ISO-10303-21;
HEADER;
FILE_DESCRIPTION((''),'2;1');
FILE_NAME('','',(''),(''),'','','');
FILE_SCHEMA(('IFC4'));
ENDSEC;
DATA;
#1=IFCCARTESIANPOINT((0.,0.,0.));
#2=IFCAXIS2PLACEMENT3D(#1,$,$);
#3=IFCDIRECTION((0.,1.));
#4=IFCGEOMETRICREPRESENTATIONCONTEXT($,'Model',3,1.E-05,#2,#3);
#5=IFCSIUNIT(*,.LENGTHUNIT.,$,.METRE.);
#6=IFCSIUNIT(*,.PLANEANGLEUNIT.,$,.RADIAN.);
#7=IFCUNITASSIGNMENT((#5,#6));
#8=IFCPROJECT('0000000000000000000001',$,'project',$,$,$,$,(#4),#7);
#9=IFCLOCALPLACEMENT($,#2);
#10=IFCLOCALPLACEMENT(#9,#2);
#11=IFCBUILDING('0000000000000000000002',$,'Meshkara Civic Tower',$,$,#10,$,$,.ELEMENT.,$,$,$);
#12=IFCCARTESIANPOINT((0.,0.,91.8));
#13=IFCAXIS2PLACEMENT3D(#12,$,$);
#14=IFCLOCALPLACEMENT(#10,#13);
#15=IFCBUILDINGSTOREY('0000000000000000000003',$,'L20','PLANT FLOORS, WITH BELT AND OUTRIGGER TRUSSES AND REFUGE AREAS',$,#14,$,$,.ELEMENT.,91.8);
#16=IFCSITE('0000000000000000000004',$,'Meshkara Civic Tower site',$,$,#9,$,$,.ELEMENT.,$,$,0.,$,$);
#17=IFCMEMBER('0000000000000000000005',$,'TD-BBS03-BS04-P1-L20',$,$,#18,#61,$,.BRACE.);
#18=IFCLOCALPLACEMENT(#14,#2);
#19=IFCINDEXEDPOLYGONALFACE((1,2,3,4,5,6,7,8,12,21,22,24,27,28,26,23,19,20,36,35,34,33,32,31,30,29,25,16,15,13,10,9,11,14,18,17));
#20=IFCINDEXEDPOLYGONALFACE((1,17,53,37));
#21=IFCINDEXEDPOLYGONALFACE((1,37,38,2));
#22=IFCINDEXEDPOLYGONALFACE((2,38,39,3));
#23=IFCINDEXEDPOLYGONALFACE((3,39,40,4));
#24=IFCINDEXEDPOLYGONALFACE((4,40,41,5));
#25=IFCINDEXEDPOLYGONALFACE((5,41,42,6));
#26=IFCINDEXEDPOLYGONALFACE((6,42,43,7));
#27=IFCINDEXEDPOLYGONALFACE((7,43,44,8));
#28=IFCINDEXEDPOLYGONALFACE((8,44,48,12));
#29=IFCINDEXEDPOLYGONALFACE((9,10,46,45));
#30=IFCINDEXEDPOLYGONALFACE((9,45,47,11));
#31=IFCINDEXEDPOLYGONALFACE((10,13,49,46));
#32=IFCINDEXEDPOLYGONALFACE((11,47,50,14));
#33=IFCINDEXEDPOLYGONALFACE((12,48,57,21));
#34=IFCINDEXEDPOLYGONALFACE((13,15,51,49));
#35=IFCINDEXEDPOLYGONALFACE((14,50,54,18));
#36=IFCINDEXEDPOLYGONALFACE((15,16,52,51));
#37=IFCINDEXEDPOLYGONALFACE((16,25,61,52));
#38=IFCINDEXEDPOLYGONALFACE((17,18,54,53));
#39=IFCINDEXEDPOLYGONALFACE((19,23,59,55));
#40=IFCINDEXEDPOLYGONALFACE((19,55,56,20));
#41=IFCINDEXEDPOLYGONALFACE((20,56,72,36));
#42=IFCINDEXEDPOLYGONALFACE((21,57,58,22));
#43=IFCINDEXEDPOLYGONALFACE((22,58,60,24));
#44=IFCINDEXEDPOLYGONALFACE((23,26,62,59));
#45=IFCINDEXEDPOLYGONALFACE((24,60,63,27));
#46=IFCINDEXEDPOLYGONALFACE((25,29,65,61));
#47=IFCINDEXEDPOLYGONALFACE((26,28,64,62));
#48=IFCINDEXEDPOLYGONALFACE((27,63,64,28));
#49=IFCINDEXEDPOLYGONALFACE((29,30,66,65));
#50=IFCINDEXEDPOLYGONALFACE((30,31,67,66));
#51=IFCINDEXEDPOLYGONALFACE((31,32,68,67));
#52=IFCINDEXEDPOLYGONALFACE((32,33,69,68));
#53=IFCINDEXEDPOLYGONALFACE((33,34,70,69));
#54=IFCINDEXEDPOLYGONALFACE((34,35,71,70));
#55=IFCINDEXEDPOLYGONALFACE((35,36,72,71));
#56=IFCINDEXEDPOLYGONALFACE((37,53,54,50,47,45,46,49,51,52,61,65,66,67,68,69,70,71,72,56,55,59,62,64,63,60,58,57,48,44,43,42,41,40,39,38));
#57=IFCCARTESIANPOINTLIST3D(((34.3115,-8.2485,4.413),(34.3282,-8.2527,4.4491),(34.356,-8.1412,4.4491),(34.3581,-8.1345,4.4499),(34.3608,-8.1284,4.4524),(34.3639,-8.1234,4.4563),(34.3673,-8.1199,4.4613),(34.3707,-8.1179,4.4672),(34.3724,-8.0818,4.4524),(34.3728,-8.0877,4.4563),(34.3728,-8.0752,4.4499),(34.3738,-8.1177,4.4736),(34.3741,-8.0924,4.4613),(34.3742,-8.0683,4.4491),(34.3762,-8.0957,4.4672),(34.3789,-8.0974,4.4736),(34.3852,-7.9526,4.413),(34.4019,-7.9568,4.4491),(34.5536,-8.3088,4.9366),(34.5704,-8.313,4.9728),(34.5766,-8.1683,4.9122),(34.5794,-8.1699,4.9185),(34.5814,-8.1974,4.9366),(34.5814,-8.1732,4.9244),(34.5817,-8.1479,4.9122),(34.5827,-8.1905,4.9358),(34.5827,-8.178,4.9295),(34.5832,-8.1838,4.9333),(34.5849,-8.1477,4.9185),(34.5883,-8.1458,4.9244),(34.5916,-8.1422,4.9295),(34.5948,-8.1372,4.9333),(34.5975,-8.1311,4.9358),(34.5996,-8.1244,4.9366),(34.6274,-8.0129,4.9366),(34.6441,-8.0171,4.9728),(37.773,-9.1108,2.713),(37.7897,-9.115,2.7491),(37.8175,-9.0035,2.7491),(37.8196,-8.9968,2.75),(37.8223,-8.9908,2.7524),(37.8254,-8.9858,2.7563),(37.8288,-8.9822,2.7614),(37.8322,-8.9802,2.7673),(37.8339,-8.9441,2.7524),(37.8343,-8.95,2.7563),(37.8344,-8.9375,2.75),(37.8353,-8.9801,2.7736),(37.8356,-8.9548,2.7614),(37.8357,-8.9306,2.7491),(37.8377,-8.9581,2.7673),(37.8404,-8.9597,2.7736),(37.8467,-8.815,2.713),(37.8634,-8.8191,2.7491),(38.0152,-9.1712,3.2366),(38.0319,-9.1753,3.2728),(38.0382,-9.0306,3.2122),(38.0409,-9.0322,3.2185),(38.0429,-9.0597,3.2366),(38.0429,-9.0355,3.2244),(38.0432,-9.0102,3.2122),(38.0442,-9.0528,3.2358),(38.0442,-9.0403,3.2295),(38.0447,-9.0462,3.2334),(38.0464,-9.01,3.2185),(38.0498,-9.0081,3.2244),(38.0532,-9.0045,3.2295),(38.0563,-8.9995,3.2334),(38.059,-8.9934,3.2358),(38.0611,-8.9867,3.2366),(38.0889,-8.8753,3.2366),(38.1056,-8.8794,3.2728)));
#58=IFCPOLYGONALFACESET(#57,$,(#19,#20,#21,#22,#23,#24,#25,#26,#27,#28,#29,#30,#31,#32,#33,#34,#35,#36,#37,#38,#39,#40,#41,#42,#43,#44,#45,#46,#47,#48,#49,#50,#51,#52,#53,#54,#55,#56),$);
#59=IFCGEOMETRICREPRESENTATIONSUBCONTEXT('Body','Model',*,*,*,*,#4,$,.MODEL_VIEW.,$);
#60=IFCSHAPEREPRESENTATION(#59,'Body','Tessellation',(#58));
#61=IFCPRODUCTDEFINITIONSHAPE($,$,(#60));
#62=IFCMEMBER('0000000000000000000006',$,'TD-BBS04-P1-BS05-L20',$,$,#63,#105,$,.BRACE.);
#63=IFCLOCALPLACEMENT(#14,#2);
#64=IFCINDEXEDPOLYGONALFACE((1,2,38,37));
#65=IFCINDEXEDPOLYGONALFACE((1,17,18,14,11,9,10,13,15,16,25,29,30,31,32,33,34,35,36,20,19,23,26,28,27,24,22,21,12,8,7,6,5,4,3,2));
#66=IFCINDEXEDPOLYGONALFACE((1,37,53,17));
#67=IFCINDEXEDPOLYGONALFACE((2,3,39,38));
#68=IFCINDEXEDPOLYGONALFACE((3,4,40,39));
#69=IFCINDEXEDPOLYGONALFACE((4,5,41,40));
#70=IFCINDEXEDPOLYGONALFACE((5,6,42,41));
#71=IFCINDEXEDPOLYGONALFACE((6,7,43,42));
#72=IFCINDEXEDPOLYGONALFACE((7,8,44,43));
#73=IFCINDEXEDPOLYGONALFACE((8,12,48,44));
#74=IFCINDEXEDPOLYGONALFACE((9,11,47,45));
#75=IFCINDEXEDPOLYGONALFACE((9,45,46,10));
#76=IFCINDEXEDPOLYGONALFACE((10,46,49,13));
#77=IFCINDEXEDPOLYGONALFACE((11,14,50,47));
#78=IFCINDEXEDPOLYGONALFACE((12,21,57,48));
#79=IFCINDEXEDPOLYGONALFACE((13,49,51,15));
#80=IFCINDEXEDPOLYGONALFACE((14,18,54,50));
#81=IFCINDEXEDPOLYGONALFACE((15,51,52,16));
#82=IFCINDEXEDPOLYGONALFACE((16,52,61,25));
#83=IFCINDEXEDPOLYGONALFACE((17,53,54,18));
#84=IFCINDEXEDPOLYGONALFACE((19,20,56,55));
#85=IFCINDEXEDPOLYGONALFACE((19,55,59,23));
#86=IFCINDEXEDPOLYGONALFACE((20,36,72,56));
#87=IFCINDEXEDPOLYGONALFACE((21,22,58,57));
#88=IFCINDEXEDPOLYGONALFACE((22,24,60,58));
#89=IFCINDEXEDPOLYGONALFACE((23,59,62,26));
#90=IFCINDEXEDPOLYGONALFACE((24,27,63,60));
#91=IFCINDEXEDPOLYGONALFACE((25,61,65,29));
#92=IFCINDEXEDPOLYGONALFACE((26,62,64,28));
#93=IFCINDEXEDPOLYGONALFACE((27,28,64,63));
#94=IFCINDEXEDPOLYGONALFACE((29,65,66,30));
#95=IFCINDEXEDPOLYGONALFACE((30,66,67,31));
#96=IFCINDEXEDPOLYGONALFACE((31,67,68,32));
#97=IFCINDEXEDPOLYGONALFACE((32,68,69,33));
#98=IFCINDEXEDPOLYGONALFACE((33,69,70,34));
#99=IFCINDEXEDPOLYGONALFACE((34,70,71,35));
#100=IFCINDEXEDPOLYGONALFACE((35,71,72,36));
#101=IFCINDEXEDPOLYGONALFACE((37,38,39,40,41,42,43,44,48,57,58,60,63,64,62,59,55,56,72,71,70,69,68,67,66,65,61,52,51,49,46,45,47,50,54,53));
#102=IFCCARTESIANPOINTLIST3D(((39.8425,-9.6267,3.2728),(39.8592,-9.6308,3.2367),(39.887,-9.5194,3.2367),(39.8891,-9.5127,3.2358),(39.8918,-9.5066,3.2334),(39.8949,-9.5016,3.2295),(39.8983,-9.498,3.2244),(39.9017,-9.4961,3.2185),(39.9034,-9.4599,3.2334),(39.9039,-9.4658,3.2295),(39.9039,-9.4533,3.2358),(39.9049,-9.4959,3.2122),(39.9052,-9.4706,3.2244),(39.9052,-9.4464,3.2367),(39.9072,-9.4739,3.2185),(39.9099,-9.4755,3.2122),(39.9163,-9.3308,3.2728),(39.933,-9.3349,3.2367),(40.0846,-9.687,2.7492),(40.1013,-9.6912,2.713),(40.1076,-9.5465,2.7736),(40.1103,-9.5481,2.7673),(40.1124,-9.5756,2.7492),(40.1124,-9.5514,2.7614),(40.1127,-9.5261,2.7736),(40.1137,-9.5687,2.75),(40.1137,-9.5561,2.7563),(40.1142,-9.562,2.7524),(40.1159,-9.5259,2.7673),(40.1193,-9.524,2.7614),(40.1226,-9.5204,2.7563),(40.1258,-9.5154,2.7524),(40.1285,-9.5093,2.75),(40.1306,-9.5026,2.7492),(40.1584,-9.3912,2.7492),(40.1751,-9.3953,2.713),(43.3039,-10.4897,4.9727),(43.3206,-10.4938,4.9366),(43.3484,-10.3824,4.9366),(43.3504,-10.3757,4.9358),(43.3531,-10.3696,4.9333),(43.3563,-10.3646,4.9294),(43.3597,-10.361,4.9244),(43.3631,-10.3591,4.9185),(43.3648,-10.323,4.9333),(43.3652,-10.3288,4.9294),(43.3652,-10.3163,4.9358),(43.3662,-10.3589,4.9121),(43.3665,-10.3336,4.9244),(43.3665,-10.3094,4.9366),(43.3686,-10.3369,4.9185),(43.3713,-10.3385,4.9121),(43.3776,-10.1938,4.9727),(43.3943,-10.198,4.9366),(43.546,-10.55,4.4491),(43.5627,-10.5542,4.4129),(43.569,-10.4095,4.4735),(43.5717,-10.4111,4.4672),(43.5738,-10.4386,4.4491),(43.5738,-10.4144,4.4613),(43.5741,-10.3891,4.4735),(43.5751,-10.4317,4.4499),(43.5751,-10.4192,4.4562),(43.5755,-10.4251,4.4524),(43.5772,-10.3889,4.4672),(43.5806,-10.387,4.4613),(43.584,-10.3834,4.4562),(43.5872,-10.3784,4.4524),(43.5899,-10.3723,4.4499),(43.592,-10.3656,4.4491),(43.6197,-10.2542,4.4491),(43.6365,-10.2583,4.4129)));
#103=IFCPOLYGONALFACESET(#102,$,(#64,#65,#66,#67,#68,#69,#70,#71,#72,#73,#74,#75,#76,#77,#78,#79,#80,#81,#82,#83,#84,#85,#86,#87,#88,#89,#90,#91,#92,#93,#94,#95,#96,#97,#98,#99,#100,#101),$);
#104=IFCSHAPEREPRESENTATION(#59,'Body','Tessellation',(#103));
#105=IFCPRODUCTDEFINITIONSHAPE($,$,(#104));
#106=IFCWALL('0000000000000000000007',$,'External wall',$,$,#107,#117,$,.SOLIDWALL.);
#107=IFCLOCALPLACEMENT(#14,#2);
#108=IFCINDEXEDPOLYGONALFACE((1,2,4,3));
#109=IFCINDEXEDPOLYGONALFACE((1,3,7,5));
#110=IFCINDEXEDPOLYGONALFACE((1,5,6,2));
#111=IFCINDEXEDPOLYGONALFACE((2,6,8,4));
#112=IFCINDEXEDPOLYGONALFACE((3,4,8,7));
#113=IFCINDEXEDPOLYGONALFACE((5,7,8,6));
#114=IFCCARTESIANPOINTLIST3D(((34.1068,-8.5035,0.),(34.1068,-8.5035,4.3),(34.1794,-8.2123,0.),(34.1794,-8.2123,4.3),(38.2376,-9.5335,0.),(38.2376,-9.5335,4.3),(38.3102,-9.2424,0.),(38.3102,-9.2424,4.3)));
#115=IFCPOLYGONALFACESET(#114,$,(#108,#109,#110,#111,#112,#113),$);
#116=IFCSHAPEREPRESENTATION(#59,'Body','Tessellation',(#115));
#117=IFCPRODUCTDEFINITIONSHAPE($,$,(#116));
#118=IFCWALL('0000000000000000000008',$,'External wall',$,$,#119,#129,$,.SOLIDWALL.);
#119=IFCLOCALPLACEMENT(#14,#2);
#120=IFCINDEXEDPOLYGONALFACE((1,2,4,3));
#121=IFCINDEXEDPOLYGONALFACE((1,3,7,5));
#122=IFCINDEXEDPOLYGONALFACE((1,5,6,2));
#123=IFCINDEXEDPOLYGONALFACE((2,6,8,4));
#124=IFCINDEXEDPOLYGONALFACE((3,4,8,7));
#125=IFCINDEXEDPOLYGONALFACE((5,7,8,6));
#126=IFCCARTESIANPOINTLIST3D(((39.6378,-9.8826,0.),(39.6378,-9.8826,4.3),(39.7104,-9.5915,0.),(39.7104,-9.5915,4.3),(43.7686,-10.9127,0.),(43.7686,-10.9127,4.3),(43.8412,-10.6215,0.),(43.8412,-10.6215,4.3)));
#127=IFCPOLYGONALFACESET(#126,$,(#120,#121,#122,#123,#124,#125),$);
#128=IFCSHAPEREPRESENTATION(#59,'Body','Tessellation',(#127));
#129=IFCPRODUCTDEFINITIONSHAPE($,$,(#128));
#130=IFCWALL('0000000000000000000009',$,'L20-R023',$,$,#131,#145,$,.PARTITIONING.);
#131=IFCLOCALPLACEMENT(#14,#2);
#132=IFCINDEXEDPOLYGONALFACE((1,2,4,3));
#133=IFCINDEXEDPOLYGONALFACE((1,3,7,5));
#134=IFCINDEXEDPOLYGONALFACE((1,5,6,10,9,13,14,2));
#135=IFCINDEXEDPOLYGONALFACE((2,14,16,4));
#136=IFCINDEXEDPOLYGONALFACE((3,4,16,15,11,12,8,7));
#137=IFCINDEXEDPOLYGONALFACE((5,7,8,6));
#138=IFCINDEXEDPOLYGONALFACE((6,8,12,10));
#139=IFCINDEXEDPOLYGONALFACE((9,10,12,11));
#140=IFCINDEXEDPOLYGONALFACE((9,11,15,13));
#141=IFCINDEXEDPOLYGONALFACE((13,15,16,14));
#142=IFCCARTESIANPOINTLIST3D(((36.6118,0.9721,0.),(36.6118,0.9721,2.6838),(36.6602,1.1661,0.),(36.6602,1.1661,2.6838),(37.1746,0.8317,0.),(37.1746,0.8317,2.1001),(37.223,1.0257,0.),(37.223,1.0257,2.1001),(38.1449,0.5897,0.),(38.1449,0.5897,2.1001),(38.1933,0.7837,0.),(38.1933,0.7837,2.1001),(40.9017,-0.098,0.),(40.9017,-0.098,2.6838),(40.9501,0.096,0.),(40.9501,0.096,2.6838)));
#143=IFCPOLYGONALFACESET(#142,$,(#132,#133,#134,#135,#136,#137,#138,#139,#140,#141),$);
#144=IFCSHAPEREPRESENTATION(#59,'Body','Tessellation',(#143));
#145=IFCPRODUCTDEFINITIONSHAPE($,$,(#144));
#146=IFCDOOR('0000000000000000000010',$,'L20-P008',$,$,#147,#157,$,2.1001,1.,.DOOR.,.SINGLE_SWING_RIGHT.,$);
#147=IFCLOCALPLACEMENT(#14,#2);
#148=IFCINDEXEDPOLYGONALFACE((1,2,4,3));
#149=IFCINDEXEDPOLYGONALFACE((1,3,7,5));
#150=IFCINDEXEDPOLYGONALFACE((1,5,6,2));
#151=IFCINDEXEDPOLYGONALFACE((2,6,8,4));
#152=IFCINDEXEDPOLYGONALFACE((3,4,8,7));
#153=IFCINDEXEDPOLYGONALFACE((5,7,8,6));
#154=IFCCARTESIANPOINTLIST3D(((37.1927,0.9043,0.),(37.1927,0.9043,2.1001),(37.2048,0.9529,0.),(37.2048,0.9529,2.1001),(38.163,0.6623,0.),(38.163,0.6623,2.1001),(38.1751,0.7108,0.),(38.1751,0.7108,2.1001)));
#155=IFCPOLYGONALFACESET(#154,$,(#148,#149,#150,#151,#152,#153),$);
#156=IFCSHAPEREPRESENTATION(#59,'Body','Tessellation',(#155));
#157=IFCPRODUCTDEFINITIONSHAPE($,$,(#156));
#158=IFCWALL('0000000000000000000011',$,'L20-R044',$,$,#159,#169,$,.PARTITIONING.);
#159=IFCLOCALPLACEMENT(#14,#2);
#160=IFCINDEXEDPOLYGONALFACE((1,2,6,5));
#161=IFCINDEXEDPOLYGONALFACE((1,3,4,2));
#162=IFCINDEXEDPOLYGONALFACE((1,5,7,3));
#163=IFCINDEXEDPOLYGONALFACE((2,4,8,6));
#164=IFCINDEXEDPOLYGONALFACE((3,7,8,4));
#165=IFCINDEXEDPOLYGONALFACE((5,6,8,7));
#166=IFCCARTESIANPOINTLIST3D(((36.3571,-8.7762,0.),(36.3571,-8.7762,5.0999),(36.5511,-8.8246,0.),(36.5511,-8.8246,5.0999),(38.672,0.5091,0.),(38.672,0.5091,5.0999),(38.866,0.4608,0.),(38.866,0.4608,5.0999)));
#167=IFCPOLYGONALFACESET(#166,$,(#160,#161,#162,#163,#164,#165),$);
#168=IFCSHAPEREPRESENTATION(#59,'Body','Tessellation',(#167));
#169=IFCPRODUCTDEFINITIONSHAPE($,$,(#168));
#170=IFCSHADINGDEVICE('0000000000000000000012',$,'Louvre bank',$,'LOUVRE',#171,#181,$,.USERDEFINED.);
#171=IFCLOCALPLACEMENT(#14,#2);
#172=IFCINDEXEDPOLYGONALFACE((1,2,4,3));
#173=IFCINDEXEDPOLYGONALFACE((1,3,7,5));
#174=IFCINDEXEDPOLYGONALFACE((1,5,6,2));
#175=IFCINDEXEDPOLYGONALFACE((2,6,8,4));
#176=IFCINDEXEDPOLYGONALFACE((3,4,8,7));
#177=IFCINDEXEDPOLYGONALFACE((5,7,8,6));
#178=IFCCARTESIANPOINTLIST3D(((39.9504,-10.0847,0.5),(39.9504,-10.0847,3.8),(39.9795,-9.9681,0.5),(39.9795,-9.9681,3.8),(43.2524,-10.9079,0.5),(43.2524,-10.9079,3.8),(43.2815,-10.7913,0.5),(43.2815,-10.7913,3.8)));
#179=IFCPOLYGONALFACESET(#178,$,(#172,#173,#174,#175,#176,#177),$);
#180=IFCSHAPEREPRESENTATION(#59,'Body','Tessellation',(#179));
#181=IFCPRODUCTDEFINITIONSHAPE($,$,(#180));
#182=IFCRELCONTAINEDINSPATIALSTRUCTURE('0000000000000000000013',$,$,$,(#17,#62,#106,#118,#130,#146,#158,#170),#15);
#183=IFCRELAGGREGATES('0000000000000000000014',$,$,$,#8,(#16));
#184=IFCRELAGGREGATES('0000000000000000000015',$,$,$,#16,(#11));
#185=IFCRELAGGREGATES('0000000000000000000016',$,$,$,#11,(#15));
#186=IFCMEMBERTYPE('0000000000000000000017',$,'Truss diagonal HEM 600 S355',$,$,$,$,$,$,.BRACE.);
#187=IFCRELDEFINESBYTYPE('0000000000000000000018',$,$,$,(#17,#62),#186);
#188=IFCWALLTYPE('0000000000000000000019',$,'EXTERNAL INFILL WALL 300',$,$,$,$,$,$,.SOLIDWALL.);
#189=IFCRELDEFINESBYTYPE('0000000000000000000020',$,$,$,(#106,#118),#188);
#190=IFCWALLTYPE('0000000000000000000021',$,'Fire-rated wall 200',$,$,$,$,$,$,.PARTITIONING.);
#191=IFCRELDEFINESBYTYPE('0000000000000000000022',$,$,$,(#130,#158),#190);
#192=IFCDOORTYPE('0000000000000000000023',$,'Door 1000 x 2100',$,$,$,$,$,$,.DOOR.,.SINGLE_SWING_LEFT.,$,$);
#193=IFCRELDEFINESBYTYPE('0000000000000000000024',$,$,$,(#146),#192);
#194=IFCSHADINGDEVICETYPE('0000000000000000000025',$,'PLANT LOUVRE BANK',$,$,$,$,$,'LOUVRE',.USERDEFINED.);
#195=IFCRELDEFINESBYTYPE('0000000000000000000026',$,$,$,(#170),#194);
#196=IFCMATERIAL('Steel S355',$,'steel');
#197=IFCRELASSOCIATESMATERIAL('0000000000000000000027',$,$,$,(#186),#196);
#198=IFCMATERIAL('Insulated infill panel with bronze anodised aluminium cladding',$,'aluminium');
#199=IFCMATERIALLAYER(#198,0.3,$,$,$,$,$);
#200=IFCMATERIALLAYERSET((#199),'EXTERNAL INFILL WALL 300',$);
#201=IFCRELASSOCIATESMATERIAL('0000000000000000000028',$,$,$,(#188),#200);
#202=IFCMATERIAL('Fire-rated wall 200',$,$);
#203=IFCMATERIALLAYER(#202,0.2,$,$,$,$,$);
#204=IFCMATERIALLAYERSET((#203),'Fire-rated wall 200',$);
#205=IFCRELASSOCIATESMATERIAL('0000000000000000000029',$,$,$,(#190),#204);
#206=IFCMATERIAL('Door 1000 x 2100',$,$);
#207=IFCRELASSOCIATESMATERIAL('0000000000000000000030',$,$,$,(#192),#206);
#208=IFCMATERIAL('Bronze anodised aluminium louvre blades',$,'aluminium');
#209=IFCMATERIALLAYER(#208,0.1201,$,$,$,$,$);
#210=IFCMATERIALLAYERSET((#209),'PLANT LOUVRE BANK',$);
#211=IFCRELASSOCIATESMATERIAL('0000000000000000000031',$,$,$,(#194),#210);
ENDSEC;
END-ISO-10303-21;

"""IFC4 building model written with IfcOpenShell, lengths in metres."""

from ifc_helpers import new_model, si_unit, direction, frame, frame_2d, origin, origin_2d, place, context, subcontext, project, spatial, rectangle, i_section, extrude, material, layer, layer_set, material_profile, profile_set, type_object, element, fill, save


model = new_model("IFC4")

# Units and contexts
model_context = context("Model", 3, precision=1e-05, world=origin(), true_north=direction((0.0, 1.0)))
body_context = subcontext(model_context, "Body", "Model", "MODEL_VIEW")
ifc_project = project(units=[si_unit("LENGTHUNIT", "METRE"), si_unit("PLANEANGLEUNIT", "RADIAN")], contexts=[model_context])

# Site, building, storey
site_placement = place(None, origin())
site = spatial("IfcSite", under=ifc_project, at=site_placement, Name="Meshkara Civic Tower site", CompositionType="ELEMENT", RefElevation=0.0)
building_placement = place(site_placement, origin())
building = spatial("IfcBuilding", under=site, at=building_placement, Name="Meshkara Civic Tower", CompositionType="ELEMENT")
storey_placement = place(building_placement, frame((0.0, 0.0, 91.8)))
storey = spatial("IfcBuildingStorey", under=building, at=storey_placement, Name="L20", Description="PLANT FLOORS, WITH BELT AND OUTRIGGER TRUSSES AND REFUGE AREAS", CompositionType="ELEMENT", Elevation=91.8)

# Members
ifc_material_1 = material(Name="Steel S355", Category="steel")
ifc_material_profile_1 = material_profile(ifc_material_1, i_section(OverallWidth=0.3049, OverallDepth=0.6201, WebThickness=0.021, FlangeThickness=0.04, FilletRadius=0.0271, at=origin_2d()))
ifc_profile_set_1 = profile_set([ifc_material_profile_1], Name="Steel S355")
member_type_1 = type_object("IfcMemberType", Name="Truss diagonal HEM 600 S355", PredefinedType="BRACE", material=ifc_profile_set_1)
for number, where, z_axis, x_axis, name in (
    (1, (34.4778, -8.1328, 4.6929), (0.875963, -0.218218, -0.430197), (0.24173, 0.970343, 0.0), "TD-BBS03-BS04-P1-L20"),
    (2, (40.0088, -9.511, 2.9929), (0.875928, -0.218395, 0.430179), (0.241924, 0.970295, 0.0), "TD-BBS04-P1-BS05-L20"),
):
    element("IfcMember", number, at=place(storey_placement, frame(where, z_axis=z_axis, x_axis=x_axis)), inside=storey, type_object=member_type_1, Name=name, PredefinedType="BRACE", context=body_context, shape_type="SweptSolid", body=[
        extrude(i_section(OverallWidth=0.3049, OverallDepth=0.6201, WebThickness=0.021, FlangeThickness=0.04, FilletRadius=0.0271, at=origin_2d()), origin(), (0.0, 0.0, 1.0), 3.9517),
    ])

# Walls
ifc_material_2 = material(Name="Insulated infill panel with bronze anodised aluminium cladding", Category="aluminium")
ifc_layer_1 = layer(ifc_material_2, 0.3)
ifc_layer_set_1 = layer_set([ifc_layer_1], Name="EXTERNAL INFILL WALL 300")
wall_type_1 = type_object("IfcWallType", Name="EXTERNAL INFILL WALL 300", PredefinedType="SOLIDWALL", material=ifc_layer_set_1)
for number, where, z_axis, x_axis, name in (
    (3, (34.1431, -8.3579, 0.0), (0.0, 0.0, 1.0), (0.970291, -0.241942, 0.0), "External wall"),
    (4, (39.6741, -9.7371, 0.0), (0.0, 0.0, 1.0), (0.970291, -0.241942, 0.0), "External wall"),
):
    element("IfcWall", number, at=place(storey_placement, frame(where, z_axis=z_axis, x_axis=x_axis)), inside=storey, type_object=wall_type_1, Name=name, PredefinedType="SOLIDWALL", context=body_context, shape_type="SweptSolid", body=[
        extrude(rectangle(XDim=4.2573, YDim=0.3, at=frame_2d((2.1287, 0.0))), origin(), (0.0, 0.0, 1.0), 4.3),
    ])

# Wall, opening, door
ifc_material_3 = material(Name="Fire-rated wall 200")
ifc_layer_2 = layer(ifc_material_3, 0.2)
ifc_layer_set_2 = layer_set([ifc_layer_2], Name="Fire-rated wall 200")
wall_type_2 = type_object("IfcWallType", Name="Fire-rated wall 200", PredefinedType="PARTITIONING", material=ifc_layer_set_2)
wall_1_placement = place(storey_placement, frame((36.636, 1.0691, 0.0), z_axis=(0.0, 0.0, 1.0), x_axis=(0.970272, -0.242016, 0.0)))
wall_1 = element("IfcWall", 5, at=wall_1_placement, inside=storey, type_object=wall_type_2, Name="L20-R023", PredefinedType="PARTITIONING", context=body_context, shape_type="SweptSolid", body=[
    extrude(rectangle(XDim=4.4214, YDim=0.2, at=frame_2d((2.2107, 0.0))), origin(), (0.0, 0.0, 1.0), 2.6838),
])
opening_placement = place(wall_1_placement, frame((0.5801, 0.0, 0.0)))
opening = element("IfcOpeningElement", 6, at=opening_placement, cuts=wall_1, PredefinedType="OPENING", context=body_context, shape_type="SweptSolid", body=[
    extrude(rectangle(XDim=1.0, YDim=2.1001, at=frame_2d((0.5, 1.05))), frame((0.0, 0.1099, 0.0), z_axis=(0.0, -1.0, 0.0), x_axis=(1.0, 0.0, 0.0)), (0.0, 0.0, 1.0), 0.22),
])
ifc_material_4 = material(Name="Door 1000 x 2100")
door_type = type_object("IfcDoorType", Name="Door 1000 x 2100", OperationType="SINGLE_SWING_LEFT", PredefinedType="DOOR", material=ifc_material_4)
door_placement = place(opening_placement, origin())
door = element("IfcDoor", 7, at=door_placement, inside=storey, type_object=door_type, Name="L20-P008", OperationType="SINGLE_SWING_RIGHT", OverallHeight=2.1001, OverallWidth=1.0, PredefinedType="DOOR", context=body_context, shape_type="SweptSolid", body=[
    extrude(rectangle(XDim=1.0, YDim=2.1001, at=frame_2d((0.5, 1.05))), frame((0.0, 0.0249, 0.0), z_axis=(0.0, -1.0, 0.0), x_axis=(1.0, 0.0, 0.0)), (0.0, 0.0, 1.0), 0.05),
])
fill(opening, door)

# Wall
wall_2_placement = place(storey_placement, frame((36.4541, -8.8003, 0.0), z_axis=(0.0, 0.0, 1.0), x_axis=(0.241905, 0.9703, 0.0)))
element("IfcWall", 8, at=wall_2_placement, inside=storey, type_object=wall_type_2, Name="L20-R044", PredefinedType="PARTITIONING", context=body_context, shape_type="SweptSolid", body=[
    extrude(rectangle(XDim=9.5696, YDim=0.2, at=frame_2d((4.7847, 0.0))), origin(), (0.0, 0.0, 1.0), 5.0999),
])

# Shading device
ifc_material_5 = material(Name="Bronze anodised aluminium louvre blades", Category="aluminium")
ifc_layer_3 = layer(ifc_material_5, 0.1201)
ifc_layer_set_3 = layer_set([ifc_layer_3], Name="PLANT LOUVRE BANK")
shading_device_type = type_object("IfcShadingDeviceType", Name="PLANT LOUVRE BANK", ElementType="LOUVRE", PredefinedType="USERDEFINED", material=ifc_layer_set_3)
shading_device_placement = place(storey_placement, frame((41.616, -10.438, 0.5), z_axis=(0.0, 0.0, 1.0), x_axis=(0.9703, -0.241905, 0.0)))
element("IfcShadingDevice", 9, at=shading_device_placement, inside=storey, type_object=shading_device_type, Name="Louvre bank", ObjectType="LOUVRE", PredefinedType="USERDEFINED", context=body_context, shape_type="SweptSolid", body=[
    extrude(rectangle(XDim=3.4031, YDim=0.1201, at=origin_2d()), origin(), (0.0, 0.0, 1.0), 3.3),
])

save(model, "model.ifc")
